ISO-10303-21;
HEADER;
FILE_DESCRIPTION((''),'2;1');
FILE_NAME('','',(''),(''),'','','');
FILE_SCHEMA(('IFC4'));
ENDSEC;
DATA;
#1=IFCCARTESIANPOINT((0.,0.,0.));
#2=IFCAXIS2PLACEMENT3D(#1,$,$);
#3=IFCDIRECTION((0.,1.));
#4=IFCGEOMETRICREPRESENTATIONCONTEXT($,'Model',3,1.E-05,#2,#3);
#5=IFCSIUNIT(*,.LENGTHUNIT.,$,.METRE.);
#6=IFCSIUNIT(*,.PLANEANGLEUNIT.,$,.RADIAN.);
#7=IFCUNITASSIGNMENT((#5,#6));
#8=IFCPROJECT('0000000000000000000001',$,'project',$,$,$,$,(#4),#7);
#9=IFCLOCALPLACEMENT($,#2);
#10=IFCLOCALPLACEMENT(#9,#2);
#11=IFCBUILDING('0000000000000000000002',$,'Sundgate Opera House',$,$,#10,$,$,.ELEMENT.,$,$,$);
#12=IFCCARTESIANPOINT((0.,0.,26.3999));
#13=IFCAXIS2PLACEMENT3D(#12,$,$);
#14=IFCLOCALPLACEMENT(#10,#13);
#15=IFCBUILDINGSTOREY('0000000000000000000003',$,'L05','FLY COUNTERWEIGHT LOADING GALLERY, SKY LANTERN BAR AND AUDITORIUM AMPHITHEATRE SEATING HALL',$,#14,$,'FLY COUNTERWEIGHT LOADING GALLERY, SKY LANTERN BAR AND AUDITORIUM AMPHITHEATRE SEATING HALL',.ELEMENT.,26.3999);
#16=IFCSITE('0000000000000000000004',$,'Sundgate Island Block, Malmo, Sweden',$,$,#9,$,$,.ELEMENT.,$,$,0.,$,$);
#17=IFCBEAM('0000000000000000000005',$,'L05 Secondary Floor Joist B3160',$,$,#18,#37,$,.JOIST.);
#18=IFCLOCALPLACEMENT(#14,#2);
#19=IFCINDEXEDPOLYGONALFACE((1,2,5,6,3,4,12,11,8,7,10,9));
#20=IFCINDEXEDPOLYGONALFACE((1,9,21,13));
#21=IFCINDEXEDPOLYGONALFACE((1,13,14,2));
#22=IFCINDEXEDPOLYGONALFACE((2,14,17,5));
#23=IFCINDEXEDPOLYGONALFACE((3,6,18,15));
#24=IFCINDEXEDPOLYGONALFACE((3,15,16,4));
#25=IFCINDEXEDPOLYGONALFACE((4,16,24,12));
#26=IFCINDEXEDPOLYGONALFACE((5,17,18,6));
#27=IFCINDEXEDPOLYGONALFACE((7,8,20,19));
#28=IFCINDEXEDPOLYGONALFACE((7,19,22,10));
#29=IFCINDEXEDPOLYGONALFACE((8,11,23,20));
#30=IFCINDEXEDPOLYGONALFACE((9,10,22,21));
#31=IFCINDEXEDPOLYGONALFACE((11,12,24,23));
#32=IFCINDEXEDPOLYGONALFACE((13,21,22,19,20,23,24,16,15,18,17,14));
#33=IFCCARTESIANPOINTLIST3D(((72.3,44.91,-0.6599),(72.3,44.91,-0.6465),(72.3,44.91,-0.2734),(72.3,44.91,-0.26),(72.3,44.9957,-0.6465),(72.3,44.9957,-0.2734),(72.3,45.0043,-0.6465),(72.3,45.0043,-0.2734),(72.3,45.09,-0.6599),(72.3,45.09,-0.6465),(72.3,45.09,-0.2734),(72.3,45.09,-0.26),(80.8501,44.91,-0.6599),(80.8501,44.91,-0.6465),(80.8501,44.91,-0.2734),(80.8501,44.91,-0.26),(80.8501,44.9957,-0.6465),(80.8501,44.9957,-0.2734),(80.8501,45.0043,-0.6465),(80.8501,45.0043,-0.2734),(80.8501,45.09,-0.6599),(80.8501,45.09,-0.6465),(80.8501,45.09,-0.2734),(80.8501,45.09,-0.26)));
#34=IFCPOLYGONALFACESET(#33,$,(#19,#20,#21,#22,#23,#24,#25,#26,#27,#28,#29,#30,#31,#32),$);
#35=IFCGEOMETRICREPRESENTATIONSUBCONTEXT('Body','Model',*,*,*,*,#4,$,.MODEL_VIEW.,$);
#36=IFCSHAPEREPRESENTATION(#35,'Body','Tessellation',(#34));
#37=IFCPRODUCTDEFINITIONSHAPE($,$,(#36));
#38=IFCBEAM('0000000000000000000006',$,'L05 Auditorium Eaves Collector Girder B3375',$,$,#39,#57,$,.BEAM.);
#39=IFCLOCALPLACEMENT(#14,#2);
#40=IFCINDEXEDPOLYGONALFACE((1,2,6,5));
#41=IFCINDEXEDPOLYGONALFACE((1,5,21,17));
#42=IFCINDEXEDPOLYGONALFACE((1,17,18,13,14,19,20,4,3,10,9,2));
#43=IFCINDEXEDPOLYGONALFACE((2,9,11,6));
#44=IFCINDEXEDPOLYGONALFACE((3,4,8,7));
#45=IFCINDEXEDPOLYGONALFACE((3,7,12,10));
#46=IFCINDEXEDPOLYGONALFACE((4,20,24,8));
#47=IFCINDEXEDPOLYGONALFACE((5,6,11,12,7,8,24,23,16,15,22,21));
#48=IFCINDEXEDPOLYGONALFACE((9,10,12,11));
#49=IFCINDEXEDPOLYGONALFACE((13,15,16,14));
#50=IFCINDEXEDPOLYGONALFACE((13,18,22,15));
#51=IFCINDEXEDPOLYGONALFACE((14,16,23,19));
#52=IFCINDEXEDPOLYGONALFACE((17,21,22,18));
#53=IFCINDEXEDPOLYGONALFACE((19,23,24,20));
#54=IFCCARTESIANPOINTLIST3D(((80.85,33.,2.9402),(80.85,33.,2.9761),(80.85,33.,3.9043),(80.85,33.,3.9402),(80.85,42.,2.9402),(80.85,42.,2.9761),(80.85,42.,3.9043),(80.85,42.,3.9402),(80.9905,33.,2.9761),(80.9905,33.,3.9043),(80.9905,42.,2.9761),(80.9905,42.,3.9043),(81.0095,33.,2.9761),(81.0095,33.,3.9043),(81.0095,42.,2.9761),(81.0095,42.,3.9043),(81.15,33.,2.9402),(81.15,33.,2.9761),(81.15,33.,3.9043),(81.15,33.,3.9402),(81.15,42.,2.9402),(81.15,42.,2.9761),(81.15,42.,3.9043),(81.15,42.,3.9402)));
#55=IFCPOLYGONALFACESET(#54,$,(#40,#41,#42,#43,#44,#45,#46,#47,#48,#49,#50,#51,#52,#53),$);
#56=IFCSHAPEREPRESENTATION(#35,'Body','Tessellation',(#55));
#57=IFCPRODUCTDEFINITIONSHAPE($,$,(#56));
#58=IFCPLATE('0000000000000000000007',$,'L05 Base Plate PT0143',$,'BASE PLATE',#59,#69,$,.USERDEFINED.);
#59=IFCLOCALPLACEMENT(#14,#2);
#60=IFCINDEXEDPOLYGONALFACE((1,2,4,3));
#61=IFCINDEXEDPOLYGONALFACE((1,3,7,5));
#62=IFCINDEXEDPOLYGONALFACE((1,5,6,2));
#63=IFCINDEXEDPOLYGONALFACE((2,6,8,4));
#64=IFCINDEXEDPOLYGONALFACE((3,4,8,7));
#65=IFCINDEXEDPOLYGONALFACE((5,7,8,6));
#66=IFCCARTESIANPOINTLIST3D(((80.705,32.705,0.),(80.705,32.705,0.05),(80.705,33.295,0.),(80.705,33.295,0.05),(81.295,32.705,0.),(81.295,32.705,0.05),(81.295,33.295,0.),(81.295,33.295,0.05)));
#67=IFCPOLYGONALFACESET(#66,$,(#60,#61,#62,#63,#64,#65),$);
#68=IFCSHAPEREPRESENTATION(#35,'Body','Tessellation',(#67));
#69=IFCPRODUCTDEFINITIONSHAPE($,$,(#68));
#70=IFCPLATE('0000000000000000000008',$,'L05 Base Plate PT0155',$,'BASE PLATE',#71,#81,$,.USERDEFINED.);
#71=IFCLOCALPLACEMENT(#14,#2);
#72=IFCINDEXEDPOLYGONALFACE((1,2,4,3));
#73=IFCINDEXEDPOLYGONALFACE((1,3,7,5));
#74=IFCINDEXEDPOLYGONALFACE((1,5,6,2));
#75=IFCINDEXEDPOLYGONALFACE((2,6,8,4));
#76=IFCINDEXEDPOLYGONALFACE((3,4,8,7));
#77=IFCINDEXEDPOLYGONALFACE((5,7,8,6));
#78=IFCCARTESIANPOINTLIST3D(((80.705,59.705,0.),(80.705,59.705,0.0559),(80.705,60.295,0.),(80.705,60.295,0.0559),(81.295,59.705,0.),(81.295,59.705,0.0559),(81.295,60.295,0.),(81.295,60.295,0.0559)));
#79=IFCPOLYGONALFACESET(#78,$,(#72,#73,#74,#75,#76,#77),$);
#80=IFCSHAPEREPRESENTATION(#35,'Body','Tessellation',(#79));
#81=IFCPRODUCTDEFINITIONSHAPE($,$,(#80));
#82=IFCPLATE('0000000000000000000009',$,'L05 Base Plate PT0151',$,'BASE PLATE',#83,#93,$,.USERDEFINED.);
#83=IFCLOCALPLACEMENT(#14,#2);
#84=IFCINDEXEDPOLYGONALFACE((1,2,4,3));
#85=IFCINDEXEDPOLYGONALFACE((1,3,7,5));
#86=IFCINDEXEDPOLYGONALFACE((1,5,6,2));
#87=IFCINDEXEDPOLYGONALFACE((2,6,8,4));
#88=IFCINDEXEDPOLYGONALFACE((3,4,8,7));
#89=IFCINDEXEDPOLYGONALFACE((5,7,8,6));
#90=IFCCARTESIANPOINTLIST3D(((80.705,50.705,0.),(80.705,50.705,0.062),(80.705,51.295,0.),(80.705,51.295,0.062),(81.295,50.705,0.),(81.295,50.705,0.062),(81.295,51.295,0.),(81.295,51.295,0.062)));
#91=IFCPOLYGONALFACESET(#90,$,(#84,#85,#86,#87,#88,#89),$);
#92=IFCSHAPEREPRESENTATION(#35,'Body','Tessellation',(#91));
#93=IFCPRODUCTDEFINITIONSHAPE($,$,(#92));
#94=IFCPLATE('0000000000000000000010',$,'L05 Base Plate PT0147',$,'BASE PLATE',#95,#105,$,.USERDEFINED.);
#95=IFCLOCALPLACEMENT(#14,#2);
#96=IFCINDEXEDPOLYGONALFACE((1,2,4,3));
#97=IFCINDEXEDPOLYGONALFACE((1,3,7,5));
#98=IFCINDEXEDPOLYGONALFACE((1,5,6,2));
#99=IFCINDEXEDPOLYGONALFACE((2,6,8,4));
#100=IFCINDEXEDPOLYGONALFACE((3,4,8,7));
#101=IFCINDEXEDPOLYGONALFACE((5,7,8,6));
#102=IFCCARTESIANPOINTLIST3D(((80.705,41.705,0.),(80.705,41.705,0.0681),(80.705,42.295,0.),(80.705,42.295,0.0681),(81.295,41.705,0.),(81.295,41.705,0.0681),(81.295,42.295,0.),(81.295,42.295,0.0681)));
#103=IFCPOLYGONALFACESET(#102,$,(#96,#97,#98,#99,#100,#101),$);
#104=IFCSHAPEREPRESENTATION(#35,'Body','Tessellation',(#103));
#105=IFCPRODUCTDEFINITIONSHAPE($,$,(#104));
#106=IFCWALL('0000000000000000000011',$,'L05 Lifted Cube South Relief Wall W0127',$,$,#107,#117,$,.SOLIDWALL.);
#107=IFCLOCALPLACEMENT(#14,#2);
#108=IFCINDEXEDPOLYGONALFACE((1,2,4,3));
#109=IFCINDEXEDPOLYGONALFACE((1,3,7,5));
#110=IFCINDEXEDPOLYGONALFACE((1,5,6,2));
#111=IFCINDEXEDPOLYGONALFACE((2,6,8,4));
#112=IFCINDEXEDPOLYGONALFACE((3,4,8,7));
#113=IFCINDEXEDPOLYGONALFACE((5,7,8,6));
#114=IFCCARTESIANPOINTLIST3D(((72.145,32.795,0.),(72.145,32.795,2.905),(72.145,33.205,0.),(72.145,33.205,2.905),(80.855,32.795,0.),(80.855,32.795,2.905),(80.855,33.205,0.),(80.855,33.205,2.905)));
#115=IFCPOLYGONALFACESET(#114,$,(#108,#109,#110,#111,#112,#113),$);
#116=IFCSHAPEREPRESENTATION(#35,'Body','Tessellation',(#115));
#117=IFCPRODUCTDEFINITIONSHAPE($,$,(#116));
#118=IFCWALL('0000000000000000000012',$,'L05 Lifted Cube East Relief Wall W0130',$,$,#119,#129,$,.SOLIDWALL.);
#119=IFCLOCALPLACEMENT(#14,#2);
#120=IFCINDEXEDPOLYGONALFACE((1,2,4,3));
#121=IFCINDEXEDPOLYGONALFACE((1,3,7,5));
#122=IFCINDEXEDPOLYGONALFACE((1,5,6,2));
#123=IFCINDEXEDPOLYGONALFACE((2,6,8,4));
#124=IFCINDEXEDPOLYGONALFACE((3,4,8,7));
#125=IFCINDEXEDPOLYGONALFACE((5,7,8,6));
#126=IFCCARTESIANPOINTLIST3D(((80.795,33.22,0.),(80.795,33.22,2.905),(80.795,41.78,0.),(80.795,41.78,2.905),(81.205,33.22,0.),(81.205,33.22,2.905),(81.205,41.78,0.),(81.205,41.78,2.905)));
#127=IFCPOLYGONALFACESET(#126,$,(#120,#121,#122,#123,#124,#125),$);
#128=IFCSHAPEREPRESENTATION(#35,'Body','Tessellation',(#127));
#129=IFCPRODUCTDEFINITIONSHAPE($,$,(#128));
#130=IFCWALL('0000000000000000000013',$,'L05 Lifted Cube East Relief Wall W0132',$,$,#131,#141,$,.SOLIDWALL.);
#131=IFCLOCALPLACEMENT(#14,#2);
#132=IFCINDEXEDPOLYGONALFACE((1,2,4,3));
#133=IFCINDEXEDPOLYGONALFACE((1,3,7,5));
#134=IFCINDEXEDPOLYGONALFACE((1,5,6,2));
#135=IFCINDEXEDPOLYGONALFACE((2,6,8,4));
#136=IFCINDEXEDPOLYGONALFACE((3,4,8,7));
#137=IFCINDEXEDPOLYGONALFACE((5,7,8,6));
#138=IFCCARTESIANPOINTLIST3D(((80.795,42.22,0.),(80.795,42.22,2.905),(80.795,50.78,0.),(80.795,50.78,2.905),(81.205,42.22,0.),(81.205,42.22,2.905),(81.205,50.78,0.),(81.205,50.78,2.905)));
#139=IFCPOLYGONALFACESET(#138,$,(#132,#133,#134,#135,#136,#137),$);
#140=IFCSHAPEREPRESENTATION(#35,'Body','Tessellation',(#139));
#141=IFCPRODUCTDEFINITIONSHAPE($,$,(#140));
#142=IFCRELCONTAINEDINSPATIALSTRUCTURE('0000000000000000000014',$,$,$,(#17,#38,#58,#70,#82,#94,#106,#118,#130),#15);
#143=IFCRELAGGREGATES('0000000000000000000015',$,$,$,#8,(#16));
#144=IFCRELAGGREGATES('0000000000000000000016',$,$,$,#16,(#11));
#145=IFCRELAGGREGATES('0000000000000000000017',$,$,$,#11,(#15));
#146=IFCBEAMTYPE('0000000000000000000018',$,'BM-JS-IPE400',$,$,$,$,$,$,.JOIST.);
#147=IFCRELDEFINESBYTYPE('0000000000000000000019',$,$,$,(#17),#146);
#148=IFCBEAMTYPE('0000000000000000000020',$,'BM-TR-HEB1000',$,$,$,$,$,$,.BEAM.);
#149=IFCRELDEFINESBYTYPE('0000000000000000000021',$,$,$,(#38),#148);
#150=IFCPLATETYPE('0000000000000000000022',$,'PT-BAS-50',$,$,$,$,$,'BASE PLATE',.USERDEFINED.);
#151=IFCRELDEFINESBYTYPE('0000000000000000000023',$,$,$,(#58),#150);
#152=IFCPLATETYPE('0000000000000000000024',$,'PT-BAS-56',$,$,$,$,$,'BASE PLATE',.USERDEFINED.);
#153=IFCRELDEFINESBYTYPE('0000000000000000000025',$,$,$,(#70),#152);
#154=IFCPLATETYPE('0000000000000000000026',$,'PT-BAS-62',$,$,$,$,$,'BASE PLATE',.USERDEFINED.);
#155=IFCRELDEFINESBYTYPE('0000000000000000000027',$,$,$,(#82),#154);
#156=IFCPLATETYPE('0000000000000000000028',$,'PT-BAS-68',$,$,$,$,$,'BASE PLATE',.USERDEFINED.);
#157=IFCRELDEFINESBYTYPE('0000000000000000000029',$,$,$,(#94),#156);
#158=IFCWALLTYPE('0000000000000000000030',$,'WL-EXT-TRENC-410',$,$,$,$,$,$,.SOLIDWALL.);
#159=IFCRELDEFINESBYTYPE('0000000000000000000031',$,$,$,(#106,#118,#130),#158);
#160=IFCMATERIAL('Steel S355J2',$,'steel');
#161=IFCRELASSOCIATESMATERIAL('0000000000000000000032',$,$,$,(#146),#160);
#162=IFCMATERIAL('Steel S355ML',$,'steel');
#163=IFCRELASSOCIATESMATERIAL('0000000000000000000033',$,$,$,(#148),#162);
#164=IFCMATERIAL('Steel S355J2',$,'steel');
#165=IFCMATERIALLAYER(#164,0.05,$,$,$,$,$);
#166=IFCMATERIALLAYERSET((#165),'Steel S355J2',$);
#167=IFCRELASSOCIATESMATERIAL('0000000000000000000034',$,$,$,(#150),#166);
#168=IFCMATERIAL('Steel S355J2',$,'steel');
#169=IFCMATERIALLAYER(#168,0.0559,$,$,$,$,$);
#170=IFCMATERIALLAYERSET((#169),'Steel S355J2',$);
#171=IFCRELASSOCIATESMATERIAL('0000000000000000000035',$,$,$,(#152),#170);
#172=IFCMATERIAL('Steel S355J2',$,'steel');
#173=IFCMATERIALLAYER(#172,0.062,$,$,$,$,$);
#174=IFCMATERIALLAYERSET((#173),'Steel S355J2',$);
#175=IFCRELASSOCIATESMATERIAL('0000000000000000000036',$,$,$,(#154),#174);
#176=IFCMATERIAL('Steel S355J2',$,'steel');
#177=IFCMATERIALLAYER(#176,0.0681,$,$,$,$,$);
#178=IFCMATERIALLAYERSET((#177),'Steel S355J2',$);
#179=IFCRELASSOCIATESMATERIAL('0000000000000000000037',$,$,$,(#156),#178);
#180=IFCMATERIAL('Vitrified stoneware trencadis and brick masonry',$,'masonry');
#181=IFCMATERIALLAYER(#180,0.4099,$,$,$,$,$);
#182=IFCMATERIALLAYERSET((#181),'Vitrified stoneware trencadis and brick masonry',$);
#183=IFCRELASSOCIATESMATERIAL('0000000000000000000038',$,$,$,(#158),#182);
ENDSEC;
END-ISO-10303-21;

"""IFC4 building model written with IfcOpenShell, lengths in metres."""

from ifc_helpers import new_model, si_unit, direction, frame, frame_2d, origin, origin_2d, place, context, subcontext, project, spatial, rectangle, i_section, extrude, material, layer, layer_set, material_profile, profile_set, type_object, element, save


model = new_model("IFC4")

# Units and contexts
model_context = context("Model", 3, precision=1e-05, world=origin(), true_north=direction((0.0, 1.0)))
body_context = subcontext(model_context, "Body", "Model", "MODEL_VIEW")
ifc_project = project(units=[si_unit("LENGTHUNIT", "METRE"), si_unit("PLANEANGLEUNIT", "RADIAN")], contexts=[model_context])

# Site, building, storey
site_placement = place(None, origin())
site = spatial("IfcSite", under=ifc_project, at=site_placement, Name="Sundgate Island Block, Malmo, Sweden", CompositionType="ELEMENT", RefElevation=0.0)
building_placement = place(site_placement, origin())
building = spatial("IfcBuilding", under=site, at=building_placement, Name="Sundgate Opera House", CompositionType="ELEMENT")
storey_placement = place(building_placement, frame((0.0, 0.0, 26.3999)))
storey = spatial("IfcBuildingStorey", under=building, at=storey_placement, Name="L05", Description="FLY COUNTERWEIGHT LOADING GALLERY, SKY LANTERN BAR AND AUDITORIUM AMPHITHEATRE SEATING HALL", LongName="FLY COUNTERWEIGHT LOADING GALLERY, SKY LANTERN BAR AND AUDITORIUM AMPHITHEATRE SEATING HALL", CompositionType="ELEMENT", Elevation=26.3999)

# Beams
ifc_material_1 = material(Name="Steel S355J2", Category="steel")
ifc_material_profile_1 = material_profile(ifc_material_1, i_section(OverallWidth=0.1799, OverallDepth=0.3999, WebThickness=0.0085, FlangeThickness=0.0134, at=origin_2d()), Name="IPE 400")
ifc_profile_set_1 = profile_set([ifc_material_profile_1], Name="Steel S355J2")
beam_type_1 = type_object("IfcBeamType", Name="BM-JS-IPE400", PredefinedType="JOIST", material=ifc_profile_set_1)
beam_1_placement = place(storey_placement, frame((72.3, 45.0, -0.46), z_axis=(1.0, 0.0, 0.0), x_axis=(0.0, 1.0, 0.0)))
element("IfcBeam", 1, at=beam_1_placement, inside=storey, type_object=beam_type_1, Name="L05 Secondary Floor Joist B3160", PredefinedType="JOIST", context=body_context, shape_type="SweptSolid", body=[
    extrude(i_section(OverallWidth=0.1799, OverallDepth=0.3999, WebThickness=0.0085, FlangeThickness=0.0134, at=origin_2d()), origin(), (0.0, 0.0, 1.0), 8.55),
])
ifc_material_2 = material(Name="Steel S355ML", Category="steel")
ifc_material_profile_2 = material_profile(ifc_material_2, i_section(OverallWidth=0.3, OverallDepth=1.0, WebThickness=0.019, FlangeThickness=0.0359, at=origin_2d()), Name="HEB 1000")
ifc_profile_set_2 = profile_set([ifc_material_profile_2], Name="Steel S355ML")
beam_type_2 = type_object("IfcBeamType", Name="BM-TR-HEB1000", PredefinedType="BEAM", material=ifc_profile_set_2)
beam_2_placement = place(storey_placement, frame((81.0, 33.0, 3.4402), z_axis=(0.0, 1.0, 0.0), x_axis=(-1.0, 0.0, 0.0)))
element("IfcBeam", 2, at=beam_2_placement, inside=storey, type_object=beam_type_2, Name="L05 Auditorium Eaves Collector Girder B3375", PredefinedType="BEAM", context=body_context, shape_type="SweptSolid", body=[
    extrude(i_section(OverallWidth=0.3, OverallDepth=1.0, WebThickness=0.019, FlangeThickness=0.0359, at=origin_2d()), origin(), (0.0, 0.0, 1.0), 9.0),
])

# Plates
ifc_material_3 = material(Name="Steel S355J2", Category="steel")
ifc_layer_1 = layer(ifc_material_3, 0.05)
ifc_layer_set_1 = layer_set([ifc_layer_1], Name="Steel S355J2")
plate_type_1 = type_object("IfcPlateType", Name="PT-BAS-50", ElementType="BASE PLATE", PredefinedType="USERDEFINED", material=ifc_layer_set_1)
plate_1_placement = place(storey_placement, frame((81.0, 33.0, 0.0), z_axis=(0.0, 0.0, 1.0), x_axis=(1.0, 0.0, 0.0)))
element("IfcPlate", 3, at=plate_1_placement, inside=storey, type_object=plate_type_1, Name="L05 Base Plate PT0143", ObjectType="BASE PLATE", PredefinedType="USERDEFINED", context=body_context, shape_type="SweptSolid", body=[
    extrude(rectangle(XDim=0.5901, YDim=0.5901, at=origin_2d()), origin(), (0.0, 0.0, 1.0), 0.05),
])
ifc_material_4 = material(Name="Steel S355J2", Category="steel")
ifc_layer_2 = layer(ifc_material_4, 0.0559)
ifc_layer_set_2 = layer_set([ifc_layer_2], Name="Steel S355J2")
plate_type_2 = type_object("IfcPlateType", Name="PT-BAS-56", ElementType="BASE PLATE", PredefinedType="USERDEFINED", material=ifc_layer_set_2)
plate_2_placement = place(storey_placement, frame((81.0, 60.0, 0.0), z_axis=(0.0, 0.0, 1.0), x_axis=(1.0, 0.0, 0.0)))
element("IfcPlate", 4, at=plate_2_placement, inside=storey, type_object=plate_type_2, Name="L05 Base Plate PT0155", ObjectType="BASE PLATE", PredefinedType="USERDEFINED", context=body_context, shape_type="SweptSolid", body=[
    extrude(rectangle(XDim=0.5901, YDim=0.5901, at=origin_2d()), origin(), (0.0, 0.0, 1.0), 0.0559),
])
ifc_material_5 = material(Name="Steel S355J2", Category="steel")
ifc_layer_3 = layer(ifc_material_5, 0.062)
ifc_layer_set_3 = layer_set([ifc_layer_3], Name="Steel S355J2")
plate_type_3 = type_object("IfcPlateType", Name="PT-BAS-62", ElementType="BASE PLATE", PredefinedType="USERDEFINED", material=ifc_layer_set_3)
plate_3_placement = place(storey_placement, frame((81.0, 51.0, 0.0), z_axis=(0.0, 0.0, 1.0), x_axis=(1.0, 0.0, 0.0)))
element("IfcPlate", 5, at=plate_3_placement, inside=storey, type_object=plate_type_3, Name="L05 Base Plate PT0151", ObjectType="BASE PLATE", PredefinedType="USERDEFINED", context=body_context, shape_type="SweptSolid", body=[
    extrude(rectangle(XDim=0.5901, YDim=0.5901, at=origin_2d()), origin(), (0.0, 0.0, 1.0), 0.062),
])
ifc_material_6 = material(Name="Steel S355J2", Category="steel")
ifc_layer_4 = layer(ifc_material_6, 0.0681)
ifc_layer_set_4 = layer_set([ifc_layer_4], Name="Steel S355J2")
plate_type_4 = type_object("IfcPlateType", Name="PT-BAS-68", ElementType="BASE PLATE", PredefinedType="USERDEFINED", material=ifc_layer_set_4)
plate_4_placement = place(storey_placement, frame((81.0, 42.0, 0.0), z_axis=(0.0, 0.0, 1.0), x_axis=(1.0, 0.0, 0.0)))
element("IfcPlate", 6, at=plate_4_placement, inside=storey, type_object=plate_type_4, Name="L05 Base Plate PT0147", ObjectType="BASE PLATE", PredefinedType="USERDEFINED", context=body_context, shape_type="SweptSolid", body=[
    extrude(rectangle(XDim=0.5901, YDim=0.5901, at=origin_2d()), origin(), (0.0, 0.0, 1.0), 0.0681),
])

# Walls
ifc_material_7 = material(Name="Vitrified stoneware trencadis and brick masonry", Category="masonry")
ifc_layer_5 = layer(ifc_material_7, 0.4099)
ifc_layer_set_5 = layer_set([ifc_layer_5], Name="Vitrified stoneware trencadis and brick masonry")
wall_type_1 = type_object("IfcWallType", Name="WL-EXT-TRENC-410", PredefinedType="SOLIDWALL", material=ifc_layer_set_5)
wall_1_placement = place(storey_placement, frame((80.855, 33.0, 0.0), z_axis=(0.0, 0.0, 1.0), x_axis=(-1.0, 0.0, 0.0)))
element("IfcWall", 7, at=wall_1_placement, inside=storey, type_object=wall_type_1, Name="L05 Lifted Cube South Relief Wall W0127", PredefinedType="SOLIDWALL", context=body_context, shape_type="SweptSolid", body=[
    extrude(rectangle(XDim=8.71, YDim=0.4099, at=frame_2d((4.355, 0.0))), origin(), (0.0, 0.0, 1.0), 2.905),
])
for number, where, z_axis, x_axis, name in (
    (8, (81.0, 33.22, 0.0), (0.0, 0.0, 1.0), (0.0, 1.0, 0.0), "L05 Lifted Cube East Relief Wall W0130"),
    (9, (81.0, 42.22, 0.0), (0.0, 0.0, 1.0), (0.0, 1.0, 0.0), "L05 Lifted Cube East Relief Wall W0132"),
):
    element("IfcWall", number, at=place(storey_placement, frame(where, z_axis=z_axis, x_axis=x_axis)), inside=storey, type_object=wall_type_1, Name=name, PredefinedType="SOLIDWALL", context=body_context, shape_type="SweptSolid", body=[
        extrude(rectangle(XDim=8.5601, YDim=0.4099, at=frame_2d((4.28, 0.0))), origin(), (0.0, 0.0, 1.0), 2.905),
    ])

save(model, "model.ifc")
